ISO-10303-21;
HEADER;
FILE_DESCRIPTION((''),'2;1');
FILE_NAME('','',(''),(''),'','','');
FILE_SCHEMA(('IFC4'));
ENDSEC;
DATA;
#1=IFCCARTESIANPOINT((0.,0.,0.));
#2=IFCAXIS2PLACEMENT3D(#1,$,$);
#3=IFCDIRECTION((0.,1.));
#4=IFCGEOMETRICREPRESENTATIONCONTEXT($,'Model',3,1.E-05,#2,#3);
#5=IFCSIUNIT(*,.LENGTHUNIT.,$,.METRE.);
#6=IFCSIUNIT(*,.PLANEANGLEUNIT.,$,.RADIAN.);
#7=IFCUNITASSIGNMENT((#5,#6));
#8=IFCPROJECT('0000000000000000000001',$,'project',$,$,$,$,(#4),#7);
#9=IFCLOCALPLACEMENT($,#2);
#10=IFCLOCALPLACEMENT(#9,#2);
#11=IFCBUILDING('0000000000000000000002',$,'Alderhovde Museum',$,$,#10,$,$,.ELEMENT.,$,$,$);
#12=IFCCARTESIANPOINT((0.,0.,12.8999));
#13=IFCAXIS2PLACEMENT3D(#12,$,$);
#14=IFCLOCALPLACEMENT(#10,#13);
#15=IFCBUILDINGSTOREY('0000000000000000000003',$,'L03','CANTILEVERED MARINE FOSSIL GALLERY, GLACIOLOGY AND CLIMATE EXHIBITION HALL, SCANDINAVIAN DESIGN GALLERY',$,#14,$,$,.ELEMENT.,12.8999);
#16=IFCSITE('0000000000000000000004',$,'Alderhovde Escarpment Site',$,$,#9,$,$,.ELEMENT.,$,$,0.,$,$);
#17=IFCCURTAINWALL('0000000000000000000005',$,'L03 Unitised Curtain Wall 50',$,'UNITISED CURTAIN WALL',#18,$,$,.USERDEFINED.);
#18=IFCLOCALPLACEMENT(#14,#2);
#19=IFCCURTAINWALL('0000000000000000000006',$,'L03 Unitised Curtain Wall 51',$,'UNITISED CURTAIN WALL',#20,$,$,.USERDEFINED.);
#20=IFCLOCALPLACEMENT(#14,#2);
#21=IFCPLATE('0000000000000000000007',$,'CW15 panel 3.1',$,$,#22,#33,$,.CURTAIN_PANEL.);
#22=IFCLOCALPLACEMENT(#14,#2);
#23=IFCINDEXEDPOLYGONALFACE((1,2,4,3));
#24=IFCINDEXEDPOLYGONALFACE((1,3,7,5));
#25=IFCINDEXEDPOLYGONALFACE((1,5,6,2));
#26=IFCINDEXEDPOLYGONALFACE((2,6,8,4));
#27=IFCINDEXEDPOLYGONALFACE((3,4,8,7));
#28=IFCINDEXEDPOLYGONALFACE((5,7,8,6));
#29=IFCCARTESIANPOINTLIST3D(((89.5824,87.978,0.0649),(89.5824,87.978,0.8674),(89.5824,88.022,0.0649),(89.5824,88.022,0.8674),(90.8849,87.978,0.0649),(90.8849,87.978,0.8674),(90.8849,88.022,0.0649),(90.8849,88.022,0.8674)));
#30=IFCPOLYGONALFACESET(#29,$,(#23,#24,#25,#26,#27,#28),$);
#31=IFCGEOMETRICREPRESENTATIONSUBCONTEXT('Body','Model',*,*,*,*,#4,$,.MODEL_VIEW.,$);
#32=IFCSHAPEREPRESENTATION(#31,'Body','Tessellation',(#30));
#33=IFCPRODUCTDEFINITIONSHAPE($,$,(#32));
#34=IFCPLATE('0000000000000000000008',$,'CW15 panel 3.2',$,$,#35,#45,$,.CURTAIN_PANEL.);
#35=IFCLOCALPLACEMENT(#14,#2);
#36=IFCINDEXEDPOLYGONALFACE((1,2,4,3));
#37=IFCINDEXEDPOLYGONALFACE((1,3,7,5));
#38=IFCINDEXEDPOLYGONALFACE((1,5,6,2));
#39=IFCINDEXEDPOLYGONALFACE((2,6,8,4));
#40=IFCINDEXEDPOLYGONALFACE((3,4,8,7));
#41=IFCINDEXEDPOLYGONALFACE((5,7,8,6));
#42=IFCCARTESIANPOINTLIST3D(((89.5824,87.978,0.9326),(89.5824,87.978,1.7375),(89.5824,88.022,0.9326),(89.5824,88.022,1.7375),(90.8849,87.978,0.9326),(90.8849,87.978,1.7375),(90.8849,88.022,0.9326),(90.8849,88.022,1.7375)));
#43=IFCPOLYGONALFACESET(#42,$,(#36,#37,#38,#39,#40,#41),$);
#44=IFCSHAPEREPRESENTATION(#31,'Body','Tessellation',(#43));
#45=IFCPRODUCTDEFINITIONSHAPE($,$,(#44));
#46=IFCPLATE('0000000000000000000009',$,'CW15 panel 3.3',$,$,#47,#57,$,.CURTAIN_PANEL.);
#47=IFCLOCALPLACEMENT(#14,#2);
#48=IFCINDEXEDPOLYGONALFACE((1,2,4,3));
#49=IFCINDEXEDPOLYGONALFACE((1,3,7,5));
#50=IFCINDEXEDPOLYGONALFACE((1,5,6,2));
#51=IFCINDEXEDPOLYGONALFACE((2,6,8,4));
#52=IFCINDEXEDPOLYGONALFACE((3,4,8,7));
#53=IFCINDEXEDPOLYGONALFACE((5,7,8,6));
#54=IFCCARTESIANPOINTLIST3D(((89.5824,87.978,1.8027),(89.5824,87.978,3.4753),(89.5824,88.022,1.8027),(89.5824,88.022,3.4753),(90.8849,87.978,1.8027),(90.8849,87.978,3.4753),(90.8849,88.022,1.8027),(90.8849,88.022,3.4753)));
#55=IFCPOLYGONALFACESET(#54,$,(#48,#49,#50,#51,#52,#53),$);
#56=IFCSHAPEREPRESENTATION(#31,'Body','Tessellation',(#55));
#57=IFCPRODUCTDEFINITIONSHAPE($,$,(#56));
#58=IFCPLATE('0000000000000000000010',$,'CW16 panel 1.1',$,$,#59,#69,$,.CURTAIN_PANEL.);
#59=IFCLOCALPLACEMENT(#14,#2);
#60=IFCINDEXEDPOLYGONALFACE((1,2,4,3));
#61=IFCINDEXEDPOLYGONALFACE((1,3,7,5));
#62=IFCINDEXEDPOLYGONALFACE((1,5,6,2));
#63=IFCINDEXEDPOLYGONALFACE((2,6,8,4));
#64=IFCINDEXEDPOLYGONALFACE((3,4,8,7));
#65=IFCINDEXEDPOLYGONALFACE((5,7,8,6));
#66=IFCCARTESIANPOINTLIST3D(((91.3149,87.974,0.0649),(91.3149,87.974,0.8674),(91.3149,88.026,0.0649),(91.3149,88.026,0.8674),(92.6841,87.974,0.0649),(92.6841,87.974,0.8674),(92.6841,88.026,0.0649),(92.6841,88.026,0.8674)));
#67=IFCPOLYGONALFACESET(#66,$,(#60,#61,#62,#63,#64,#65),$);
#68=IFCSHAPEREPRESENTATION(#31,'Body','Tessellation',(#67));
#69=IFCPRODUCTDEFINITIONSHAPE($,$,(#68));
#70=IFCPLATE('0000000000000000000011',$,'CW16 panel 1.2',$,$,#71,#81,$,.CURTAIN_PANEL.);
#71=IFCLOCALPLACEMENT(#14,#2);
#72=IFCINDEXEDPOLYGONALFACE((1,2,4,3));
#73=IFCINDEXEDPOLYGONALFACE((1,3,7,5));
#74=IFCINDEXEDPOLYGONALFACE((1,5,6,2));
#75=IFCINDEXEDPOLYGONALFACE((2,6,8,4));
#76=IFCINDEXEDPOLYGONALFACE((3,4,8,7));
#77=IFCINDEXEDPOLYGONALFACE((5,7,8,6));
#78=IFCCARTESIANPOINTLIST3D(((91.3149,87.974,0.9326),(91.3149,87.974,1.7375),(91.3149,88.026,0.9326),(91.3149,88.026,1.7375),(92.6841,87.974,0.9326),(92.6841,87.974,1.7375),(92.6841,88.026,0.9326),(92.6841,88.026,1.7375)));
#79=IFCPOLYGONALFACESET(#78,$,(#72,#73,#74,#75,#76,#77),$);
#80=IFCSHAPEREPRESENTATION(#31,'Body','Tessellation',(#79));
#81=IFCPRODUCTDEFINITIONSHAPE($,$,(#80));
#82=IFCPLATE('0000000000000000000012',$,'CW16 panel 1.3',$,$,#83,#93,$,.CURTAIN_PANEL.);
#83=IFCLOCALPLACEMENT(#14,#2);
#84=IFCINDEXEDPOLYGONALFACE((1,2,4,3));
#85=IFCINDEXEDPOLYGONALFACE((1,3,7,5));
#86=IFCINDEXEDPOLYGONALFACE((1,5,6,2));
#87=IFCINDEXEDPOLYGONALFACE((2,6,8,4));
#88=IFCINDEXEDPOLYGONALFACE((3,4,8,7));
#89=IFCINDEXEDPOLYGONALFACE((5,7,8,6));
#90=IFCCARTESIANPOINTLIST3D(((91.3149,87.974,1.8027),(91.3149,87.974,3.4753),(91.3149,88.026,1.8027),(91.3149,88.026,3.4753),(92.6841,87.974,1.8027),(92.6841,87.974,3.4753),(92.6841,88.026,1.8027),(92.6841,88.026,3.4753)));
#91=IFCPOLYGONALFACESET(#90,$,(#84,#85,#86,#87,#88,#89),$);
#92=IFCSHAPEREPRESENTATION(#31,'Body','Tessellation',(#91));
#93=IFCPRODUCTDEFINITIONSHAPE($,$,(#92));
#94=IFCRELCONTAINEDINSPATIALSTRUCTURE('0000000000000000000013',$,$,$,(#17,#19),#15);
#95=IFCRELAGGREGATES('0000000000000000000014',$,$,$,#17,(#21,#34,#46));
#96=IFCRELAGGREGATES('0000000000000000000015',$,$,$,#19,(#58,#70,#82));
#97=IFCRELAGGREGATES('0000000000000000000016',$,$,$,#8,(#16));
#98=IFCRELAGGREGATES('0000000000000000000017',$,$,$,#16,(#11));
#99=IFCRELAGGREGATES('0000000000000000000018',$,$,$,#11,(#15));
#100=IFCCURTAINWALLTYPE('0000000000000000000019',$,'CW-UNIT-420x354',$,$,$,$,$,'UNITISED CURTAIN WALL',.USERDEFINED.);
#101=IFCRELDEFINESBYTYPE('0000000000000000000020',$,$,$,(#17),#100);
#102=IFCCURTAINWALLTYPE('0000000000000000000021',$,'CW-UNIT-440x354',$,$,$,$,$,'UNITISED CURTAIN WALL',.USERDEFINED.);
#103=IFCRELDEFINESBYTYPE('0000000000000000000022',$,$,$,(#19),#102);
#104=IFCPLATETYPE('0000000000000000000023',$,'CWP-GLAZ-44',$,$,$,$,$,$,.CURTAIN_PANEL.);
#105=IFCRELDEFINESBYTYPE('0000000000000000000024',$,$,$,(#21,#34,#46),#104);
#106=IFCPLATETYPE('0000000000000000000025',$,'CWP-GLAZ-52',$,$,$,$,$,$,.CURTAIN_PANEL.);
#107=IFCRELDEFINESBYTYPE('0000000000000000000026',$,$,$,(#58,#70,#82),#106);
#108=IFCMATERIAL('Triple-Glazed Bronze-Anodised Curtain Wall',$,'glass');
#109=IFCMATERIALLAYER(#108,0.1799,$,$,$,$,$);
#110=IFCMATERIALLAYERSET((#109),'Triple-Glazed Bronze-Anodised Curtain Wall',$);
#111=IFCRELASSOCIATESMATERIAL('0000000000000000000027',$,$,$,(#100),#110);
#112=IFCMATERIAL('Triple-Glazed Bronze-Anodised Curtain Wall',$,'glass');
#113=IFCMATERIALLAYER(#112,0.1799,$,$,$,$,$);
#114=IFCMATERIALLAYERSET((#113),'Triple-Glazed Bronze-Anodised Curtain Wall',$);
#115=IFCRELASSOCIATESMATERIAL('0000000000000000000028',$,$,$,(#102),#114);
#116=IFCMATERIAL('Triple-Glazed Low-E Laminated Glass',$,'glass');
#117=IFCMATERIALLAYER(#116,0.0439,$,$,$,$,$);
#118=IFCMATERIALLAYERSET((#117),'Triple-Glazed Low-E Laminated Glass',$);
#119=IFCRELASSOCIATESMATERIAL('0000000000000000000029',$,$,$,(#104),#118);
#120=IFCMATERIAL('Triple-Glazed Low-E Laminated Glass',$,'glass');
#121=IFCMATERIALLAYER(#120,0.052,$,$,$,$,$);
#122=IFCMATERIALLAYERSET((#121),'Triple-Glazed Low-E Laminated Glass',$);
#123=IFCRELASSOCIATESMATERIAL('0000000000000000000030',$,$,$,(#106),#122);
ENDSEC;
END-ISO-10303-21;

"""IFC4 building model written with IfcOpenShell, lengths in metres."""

from ifc_helpers import new_model, si_unit, direction, frame, origin, origin_2d, place, context, subcontext, project, spatial, rectangle, extrude, material, layer, layer_set, type_object, element, aggregate, save


model = new_model("IFC4")

# Units and contexts
model_context = context("Model", 3, precision=1e-05, world=origin(), true_north=direction((0.0, 1.0)))
body_context = subcontext(model_context, "Body", "Model", "MODEL_VIEW")
ifc_project = project(units=[si_unit("LENGTHUNIT", "METRE"), si_unit("PLANEANGLEUNIT", "RADIAN")], contexts=[model_context])

# Site, building, storey
site_placement = place(None, origin())
site = spatial("IfcSite", under=ifc_project, at=site_placement, Name="Alderhovde Escarpment Site", CompositionType="ELEMENT", RefElevation=0.0)
building_placement = place(site_placement, origin())
building = spatial("IfcBuilding", under=site, at=building_placement, Name="Alderhovde Museum", CompositionType="ELEMENT")
storey_placement = place(building_placement, frame((0.0, 0.0, 12.8999)))
storey = spatial("IfcBuildingStorey", under=building, at=storey_placement, Name="L03", Description="CANTILEVERED MARINE FOSSIL GALLERY, GLACIOLOGY AND CLIMATE EXHIBITION HALL, SCANDINAVIAN DESIGN GALLERY", CompositionType="ELEMENT", Elevation=12.8999)

# Curtain walls
ifc_material_1 = material(Name="Triple-Glazed Bronze-Anodised Curtain Wall", Category="glass")
ifc_layer_1 = layer(ifc_material_1, 0.1799)
ifc_layer_set_1 = layer_set([ifc_layer_1], Name="Triple-Glazed Bronze-Anodised Curtain Wall")
curtain_wall_type_1 = type_object("IfcCurtainWallType", Name="CW-UNIT-420x354", ElementType="UNITISED CURTAIN WALL", PredefinedType="USERDEFINED", material=ifc_layer_set_1)
curtain_wall_1_placement = place(storey_placement, origin())
curtain_wall_1 = element("IfcCurtainWall", 1, at=curtain_wall_1_placement, inside=storey, type_object=curtain_wall_type_1, Name="L03 Unitised Curtain Wall 50", ObjectType="UNITISED CURTAIN WALL", PredefinedType="USERDEFINED")
ifc_material_2 = material(Name="Triple-Glazed Bronze-Anodised Curtain Wall", Category="glass")
ifc_layer_2 = layer(ifc_material_2, 0.1799)
ifc_layer_set_2 = layer_set([ifc_layer_2], Name="Triple-Glazed Bronze-Anodised Curtain Wall")
curtain_wall_type_2 = type_object("IfcCurtainWallType", Name="CW-UNIT-440x354", ElementType="UNITISED CURTAIN WALL", PredefinedType="USERDEFINED", material=ifc_layer_set_2)
curtain_wall_2_placement = place(storey_placement, origin())
curtain_wall_2 = element("IfcCurtainWall", 2, at=curtain_wall_2_placement, inside=storey, type_object=curtain_wall_type_2, Name="L03 Unitised Curtain Wall 51", ObjectType="UNITISED CURTAIN WALL", PredefinedType="USERDEFINED")

# Plates
ifc_material_3 = material(Name="Triple-Glazed Low-E Laminated Glass", Category="glass")
ifc_layer_3 = layer(ifc_material_3, 0.0439)
ifc_layer_set_3 = layer_set([ifc_layer_3], Name="Triple-Glazed Low-E Laminated Glass")
plate_type_1 = type_object("IfcPlateType", Name="CWP-GLAZ-44", PredefinedType="CURTAIN_PANEL", material=ifc_layer_set_3)
plate_1_placement = place(storey_placement, frame((90.2336, 88.0, 0.0649), z_axis=(0.0, 0.0, 1.0), x_axis=(1.0, 0.0, 0.0)))
plate_1 = element("IfcPlate", 3, at=plate_1_placement, type_object=plate_type_1, Name="CW15 panel 3.1", PredefinedType="CURTAIN_PANEL", context=body_context, shape_type="SweptSolid", body=[
    extrude(rectangle(XDim=1.3025, YDim=0.0439, at=origin_2d()), origin(), (0.0, 0.0, 1.0), 0.8025),
])
plate_2_placement = place(storey_placement, frame((90.2336, 88.0, 0.9326), z_axis=(0.0, 0.0, 1.0), x_axis=(1.0, 0.0, 0.0)))
plate_2 = element("IfcPlate", 4, at=plate_2_placement, type_object=plate_type_1, Name="CW15 panel 3.2", PredefinedType="CURTAIN_PANEL", context=body_context, shape_type="SweptSolid", body=[
    extrude(rectangle(XDim=1.3025, YDim=0.0439, at=origin_2d()), origin(), (0.0, 0.0, 1.0), 0.8049),
])
plate_3_placement = place(storey_placement, frame((90.2336, 88.0, 1.8027), z_axis=(0.0, 0.0, 1.0), x_axis=(1.0, 0.0, 0.0)))
plate_3 = element("IfcPlate", 5, at=plate_3_placement, type_object=plate_type_1, Name="CW15 panel 3.3", PredefinedType="CURTAIN_PANEL", context=body_context, shape_type="SweptSolid", body=[
    extrude(rectangle(XDim=1.3025, YDim=0.0439, at=origin_2d()), origin(), (0.0, 0.0, 1.0), 1.6726),
])
aggregate(curtain_wall_1, [plate_1, plate_2, plate_3])
ifc_material_4 = material(Name="Triple-Glazed Low-E Laminated Glass", Category="glass")
ifc_layer_4 = layer(ifc_material_4, 0.052)
ifc_layer_set_4 = layer_set([ifc_layer_4], Name="Triple-Glazed Low-E Laminated Glass")
plate_type_2 = type_object("IfcPlateType", Name="CWP-GLAZ-52", PredefinedType="CURTAIN_PANEL", material=ifc_layer_set_4)
plate_4_placement = place(storey_placement, frame((91.9995, 88.0, 0.0649), z_axis=(0.0, 0.0, 1.0), x_axis=(1.0, 0.0, 0.0)))
plate_4 = element("IfcPlate", 6, at=plate_4_placement, type_object=plate_type_2, Name="CW16 panel 1.1", PredefinedType="CURTAIN_PANEL", context=body_context, shape_type="SweptSolid", body=[
    extrude(rectangle(XDim=1.3691, YDim=0.052, at=origin_2d()), origin(), (0.0, 0.0, 1.0), 0.8025),
])
plate_5_placement = place(storey_placement, frame((91.9995, 88.0, 0.9326), z_axis=(0.0, 0.0, 1.0), x_axis=(1.0, 0.0, 0.0)))
plate_5 = element("IfcPlate", 7, at=plate_5_placement, type_object=plate_type_2, Name="CW16 panel 1.2", PredefinedType="CURTAIN_PANEL", context=body_context, shape_type="SweptSolid", body=[
    extrude(rectangle(XDim=1.3691, YDim=0.052, at=origin_2d()), origin(), (0.0, 0.0, 1.0), 0.8049),
])
plate_6_placement = place(storey_placement, frame((91.9995, 88.0, 1.8027), z_axis=(0.0, 0.0, 1.0), x_axis=(1.0, 0.0, 0.0)))
plate_6 = element("IfcPlate", 8, at=plate_6_placement, type_object=plate_type_2, Name="CW16 panel 1.3", PredefinedType="CURTAIN_PANEL", context=body_context, shape_type="SweptSolid", body=[
    extrude(rectangle(XDim=1.3691, YDim=0.052, at=origin_2d()), origin(), (0.0, 0.0, 1.0), 1.6726),
])
aggregate(curtain_wall_2, [plate_4, plate_5, plate_6])

save(model, "model.ifc")
